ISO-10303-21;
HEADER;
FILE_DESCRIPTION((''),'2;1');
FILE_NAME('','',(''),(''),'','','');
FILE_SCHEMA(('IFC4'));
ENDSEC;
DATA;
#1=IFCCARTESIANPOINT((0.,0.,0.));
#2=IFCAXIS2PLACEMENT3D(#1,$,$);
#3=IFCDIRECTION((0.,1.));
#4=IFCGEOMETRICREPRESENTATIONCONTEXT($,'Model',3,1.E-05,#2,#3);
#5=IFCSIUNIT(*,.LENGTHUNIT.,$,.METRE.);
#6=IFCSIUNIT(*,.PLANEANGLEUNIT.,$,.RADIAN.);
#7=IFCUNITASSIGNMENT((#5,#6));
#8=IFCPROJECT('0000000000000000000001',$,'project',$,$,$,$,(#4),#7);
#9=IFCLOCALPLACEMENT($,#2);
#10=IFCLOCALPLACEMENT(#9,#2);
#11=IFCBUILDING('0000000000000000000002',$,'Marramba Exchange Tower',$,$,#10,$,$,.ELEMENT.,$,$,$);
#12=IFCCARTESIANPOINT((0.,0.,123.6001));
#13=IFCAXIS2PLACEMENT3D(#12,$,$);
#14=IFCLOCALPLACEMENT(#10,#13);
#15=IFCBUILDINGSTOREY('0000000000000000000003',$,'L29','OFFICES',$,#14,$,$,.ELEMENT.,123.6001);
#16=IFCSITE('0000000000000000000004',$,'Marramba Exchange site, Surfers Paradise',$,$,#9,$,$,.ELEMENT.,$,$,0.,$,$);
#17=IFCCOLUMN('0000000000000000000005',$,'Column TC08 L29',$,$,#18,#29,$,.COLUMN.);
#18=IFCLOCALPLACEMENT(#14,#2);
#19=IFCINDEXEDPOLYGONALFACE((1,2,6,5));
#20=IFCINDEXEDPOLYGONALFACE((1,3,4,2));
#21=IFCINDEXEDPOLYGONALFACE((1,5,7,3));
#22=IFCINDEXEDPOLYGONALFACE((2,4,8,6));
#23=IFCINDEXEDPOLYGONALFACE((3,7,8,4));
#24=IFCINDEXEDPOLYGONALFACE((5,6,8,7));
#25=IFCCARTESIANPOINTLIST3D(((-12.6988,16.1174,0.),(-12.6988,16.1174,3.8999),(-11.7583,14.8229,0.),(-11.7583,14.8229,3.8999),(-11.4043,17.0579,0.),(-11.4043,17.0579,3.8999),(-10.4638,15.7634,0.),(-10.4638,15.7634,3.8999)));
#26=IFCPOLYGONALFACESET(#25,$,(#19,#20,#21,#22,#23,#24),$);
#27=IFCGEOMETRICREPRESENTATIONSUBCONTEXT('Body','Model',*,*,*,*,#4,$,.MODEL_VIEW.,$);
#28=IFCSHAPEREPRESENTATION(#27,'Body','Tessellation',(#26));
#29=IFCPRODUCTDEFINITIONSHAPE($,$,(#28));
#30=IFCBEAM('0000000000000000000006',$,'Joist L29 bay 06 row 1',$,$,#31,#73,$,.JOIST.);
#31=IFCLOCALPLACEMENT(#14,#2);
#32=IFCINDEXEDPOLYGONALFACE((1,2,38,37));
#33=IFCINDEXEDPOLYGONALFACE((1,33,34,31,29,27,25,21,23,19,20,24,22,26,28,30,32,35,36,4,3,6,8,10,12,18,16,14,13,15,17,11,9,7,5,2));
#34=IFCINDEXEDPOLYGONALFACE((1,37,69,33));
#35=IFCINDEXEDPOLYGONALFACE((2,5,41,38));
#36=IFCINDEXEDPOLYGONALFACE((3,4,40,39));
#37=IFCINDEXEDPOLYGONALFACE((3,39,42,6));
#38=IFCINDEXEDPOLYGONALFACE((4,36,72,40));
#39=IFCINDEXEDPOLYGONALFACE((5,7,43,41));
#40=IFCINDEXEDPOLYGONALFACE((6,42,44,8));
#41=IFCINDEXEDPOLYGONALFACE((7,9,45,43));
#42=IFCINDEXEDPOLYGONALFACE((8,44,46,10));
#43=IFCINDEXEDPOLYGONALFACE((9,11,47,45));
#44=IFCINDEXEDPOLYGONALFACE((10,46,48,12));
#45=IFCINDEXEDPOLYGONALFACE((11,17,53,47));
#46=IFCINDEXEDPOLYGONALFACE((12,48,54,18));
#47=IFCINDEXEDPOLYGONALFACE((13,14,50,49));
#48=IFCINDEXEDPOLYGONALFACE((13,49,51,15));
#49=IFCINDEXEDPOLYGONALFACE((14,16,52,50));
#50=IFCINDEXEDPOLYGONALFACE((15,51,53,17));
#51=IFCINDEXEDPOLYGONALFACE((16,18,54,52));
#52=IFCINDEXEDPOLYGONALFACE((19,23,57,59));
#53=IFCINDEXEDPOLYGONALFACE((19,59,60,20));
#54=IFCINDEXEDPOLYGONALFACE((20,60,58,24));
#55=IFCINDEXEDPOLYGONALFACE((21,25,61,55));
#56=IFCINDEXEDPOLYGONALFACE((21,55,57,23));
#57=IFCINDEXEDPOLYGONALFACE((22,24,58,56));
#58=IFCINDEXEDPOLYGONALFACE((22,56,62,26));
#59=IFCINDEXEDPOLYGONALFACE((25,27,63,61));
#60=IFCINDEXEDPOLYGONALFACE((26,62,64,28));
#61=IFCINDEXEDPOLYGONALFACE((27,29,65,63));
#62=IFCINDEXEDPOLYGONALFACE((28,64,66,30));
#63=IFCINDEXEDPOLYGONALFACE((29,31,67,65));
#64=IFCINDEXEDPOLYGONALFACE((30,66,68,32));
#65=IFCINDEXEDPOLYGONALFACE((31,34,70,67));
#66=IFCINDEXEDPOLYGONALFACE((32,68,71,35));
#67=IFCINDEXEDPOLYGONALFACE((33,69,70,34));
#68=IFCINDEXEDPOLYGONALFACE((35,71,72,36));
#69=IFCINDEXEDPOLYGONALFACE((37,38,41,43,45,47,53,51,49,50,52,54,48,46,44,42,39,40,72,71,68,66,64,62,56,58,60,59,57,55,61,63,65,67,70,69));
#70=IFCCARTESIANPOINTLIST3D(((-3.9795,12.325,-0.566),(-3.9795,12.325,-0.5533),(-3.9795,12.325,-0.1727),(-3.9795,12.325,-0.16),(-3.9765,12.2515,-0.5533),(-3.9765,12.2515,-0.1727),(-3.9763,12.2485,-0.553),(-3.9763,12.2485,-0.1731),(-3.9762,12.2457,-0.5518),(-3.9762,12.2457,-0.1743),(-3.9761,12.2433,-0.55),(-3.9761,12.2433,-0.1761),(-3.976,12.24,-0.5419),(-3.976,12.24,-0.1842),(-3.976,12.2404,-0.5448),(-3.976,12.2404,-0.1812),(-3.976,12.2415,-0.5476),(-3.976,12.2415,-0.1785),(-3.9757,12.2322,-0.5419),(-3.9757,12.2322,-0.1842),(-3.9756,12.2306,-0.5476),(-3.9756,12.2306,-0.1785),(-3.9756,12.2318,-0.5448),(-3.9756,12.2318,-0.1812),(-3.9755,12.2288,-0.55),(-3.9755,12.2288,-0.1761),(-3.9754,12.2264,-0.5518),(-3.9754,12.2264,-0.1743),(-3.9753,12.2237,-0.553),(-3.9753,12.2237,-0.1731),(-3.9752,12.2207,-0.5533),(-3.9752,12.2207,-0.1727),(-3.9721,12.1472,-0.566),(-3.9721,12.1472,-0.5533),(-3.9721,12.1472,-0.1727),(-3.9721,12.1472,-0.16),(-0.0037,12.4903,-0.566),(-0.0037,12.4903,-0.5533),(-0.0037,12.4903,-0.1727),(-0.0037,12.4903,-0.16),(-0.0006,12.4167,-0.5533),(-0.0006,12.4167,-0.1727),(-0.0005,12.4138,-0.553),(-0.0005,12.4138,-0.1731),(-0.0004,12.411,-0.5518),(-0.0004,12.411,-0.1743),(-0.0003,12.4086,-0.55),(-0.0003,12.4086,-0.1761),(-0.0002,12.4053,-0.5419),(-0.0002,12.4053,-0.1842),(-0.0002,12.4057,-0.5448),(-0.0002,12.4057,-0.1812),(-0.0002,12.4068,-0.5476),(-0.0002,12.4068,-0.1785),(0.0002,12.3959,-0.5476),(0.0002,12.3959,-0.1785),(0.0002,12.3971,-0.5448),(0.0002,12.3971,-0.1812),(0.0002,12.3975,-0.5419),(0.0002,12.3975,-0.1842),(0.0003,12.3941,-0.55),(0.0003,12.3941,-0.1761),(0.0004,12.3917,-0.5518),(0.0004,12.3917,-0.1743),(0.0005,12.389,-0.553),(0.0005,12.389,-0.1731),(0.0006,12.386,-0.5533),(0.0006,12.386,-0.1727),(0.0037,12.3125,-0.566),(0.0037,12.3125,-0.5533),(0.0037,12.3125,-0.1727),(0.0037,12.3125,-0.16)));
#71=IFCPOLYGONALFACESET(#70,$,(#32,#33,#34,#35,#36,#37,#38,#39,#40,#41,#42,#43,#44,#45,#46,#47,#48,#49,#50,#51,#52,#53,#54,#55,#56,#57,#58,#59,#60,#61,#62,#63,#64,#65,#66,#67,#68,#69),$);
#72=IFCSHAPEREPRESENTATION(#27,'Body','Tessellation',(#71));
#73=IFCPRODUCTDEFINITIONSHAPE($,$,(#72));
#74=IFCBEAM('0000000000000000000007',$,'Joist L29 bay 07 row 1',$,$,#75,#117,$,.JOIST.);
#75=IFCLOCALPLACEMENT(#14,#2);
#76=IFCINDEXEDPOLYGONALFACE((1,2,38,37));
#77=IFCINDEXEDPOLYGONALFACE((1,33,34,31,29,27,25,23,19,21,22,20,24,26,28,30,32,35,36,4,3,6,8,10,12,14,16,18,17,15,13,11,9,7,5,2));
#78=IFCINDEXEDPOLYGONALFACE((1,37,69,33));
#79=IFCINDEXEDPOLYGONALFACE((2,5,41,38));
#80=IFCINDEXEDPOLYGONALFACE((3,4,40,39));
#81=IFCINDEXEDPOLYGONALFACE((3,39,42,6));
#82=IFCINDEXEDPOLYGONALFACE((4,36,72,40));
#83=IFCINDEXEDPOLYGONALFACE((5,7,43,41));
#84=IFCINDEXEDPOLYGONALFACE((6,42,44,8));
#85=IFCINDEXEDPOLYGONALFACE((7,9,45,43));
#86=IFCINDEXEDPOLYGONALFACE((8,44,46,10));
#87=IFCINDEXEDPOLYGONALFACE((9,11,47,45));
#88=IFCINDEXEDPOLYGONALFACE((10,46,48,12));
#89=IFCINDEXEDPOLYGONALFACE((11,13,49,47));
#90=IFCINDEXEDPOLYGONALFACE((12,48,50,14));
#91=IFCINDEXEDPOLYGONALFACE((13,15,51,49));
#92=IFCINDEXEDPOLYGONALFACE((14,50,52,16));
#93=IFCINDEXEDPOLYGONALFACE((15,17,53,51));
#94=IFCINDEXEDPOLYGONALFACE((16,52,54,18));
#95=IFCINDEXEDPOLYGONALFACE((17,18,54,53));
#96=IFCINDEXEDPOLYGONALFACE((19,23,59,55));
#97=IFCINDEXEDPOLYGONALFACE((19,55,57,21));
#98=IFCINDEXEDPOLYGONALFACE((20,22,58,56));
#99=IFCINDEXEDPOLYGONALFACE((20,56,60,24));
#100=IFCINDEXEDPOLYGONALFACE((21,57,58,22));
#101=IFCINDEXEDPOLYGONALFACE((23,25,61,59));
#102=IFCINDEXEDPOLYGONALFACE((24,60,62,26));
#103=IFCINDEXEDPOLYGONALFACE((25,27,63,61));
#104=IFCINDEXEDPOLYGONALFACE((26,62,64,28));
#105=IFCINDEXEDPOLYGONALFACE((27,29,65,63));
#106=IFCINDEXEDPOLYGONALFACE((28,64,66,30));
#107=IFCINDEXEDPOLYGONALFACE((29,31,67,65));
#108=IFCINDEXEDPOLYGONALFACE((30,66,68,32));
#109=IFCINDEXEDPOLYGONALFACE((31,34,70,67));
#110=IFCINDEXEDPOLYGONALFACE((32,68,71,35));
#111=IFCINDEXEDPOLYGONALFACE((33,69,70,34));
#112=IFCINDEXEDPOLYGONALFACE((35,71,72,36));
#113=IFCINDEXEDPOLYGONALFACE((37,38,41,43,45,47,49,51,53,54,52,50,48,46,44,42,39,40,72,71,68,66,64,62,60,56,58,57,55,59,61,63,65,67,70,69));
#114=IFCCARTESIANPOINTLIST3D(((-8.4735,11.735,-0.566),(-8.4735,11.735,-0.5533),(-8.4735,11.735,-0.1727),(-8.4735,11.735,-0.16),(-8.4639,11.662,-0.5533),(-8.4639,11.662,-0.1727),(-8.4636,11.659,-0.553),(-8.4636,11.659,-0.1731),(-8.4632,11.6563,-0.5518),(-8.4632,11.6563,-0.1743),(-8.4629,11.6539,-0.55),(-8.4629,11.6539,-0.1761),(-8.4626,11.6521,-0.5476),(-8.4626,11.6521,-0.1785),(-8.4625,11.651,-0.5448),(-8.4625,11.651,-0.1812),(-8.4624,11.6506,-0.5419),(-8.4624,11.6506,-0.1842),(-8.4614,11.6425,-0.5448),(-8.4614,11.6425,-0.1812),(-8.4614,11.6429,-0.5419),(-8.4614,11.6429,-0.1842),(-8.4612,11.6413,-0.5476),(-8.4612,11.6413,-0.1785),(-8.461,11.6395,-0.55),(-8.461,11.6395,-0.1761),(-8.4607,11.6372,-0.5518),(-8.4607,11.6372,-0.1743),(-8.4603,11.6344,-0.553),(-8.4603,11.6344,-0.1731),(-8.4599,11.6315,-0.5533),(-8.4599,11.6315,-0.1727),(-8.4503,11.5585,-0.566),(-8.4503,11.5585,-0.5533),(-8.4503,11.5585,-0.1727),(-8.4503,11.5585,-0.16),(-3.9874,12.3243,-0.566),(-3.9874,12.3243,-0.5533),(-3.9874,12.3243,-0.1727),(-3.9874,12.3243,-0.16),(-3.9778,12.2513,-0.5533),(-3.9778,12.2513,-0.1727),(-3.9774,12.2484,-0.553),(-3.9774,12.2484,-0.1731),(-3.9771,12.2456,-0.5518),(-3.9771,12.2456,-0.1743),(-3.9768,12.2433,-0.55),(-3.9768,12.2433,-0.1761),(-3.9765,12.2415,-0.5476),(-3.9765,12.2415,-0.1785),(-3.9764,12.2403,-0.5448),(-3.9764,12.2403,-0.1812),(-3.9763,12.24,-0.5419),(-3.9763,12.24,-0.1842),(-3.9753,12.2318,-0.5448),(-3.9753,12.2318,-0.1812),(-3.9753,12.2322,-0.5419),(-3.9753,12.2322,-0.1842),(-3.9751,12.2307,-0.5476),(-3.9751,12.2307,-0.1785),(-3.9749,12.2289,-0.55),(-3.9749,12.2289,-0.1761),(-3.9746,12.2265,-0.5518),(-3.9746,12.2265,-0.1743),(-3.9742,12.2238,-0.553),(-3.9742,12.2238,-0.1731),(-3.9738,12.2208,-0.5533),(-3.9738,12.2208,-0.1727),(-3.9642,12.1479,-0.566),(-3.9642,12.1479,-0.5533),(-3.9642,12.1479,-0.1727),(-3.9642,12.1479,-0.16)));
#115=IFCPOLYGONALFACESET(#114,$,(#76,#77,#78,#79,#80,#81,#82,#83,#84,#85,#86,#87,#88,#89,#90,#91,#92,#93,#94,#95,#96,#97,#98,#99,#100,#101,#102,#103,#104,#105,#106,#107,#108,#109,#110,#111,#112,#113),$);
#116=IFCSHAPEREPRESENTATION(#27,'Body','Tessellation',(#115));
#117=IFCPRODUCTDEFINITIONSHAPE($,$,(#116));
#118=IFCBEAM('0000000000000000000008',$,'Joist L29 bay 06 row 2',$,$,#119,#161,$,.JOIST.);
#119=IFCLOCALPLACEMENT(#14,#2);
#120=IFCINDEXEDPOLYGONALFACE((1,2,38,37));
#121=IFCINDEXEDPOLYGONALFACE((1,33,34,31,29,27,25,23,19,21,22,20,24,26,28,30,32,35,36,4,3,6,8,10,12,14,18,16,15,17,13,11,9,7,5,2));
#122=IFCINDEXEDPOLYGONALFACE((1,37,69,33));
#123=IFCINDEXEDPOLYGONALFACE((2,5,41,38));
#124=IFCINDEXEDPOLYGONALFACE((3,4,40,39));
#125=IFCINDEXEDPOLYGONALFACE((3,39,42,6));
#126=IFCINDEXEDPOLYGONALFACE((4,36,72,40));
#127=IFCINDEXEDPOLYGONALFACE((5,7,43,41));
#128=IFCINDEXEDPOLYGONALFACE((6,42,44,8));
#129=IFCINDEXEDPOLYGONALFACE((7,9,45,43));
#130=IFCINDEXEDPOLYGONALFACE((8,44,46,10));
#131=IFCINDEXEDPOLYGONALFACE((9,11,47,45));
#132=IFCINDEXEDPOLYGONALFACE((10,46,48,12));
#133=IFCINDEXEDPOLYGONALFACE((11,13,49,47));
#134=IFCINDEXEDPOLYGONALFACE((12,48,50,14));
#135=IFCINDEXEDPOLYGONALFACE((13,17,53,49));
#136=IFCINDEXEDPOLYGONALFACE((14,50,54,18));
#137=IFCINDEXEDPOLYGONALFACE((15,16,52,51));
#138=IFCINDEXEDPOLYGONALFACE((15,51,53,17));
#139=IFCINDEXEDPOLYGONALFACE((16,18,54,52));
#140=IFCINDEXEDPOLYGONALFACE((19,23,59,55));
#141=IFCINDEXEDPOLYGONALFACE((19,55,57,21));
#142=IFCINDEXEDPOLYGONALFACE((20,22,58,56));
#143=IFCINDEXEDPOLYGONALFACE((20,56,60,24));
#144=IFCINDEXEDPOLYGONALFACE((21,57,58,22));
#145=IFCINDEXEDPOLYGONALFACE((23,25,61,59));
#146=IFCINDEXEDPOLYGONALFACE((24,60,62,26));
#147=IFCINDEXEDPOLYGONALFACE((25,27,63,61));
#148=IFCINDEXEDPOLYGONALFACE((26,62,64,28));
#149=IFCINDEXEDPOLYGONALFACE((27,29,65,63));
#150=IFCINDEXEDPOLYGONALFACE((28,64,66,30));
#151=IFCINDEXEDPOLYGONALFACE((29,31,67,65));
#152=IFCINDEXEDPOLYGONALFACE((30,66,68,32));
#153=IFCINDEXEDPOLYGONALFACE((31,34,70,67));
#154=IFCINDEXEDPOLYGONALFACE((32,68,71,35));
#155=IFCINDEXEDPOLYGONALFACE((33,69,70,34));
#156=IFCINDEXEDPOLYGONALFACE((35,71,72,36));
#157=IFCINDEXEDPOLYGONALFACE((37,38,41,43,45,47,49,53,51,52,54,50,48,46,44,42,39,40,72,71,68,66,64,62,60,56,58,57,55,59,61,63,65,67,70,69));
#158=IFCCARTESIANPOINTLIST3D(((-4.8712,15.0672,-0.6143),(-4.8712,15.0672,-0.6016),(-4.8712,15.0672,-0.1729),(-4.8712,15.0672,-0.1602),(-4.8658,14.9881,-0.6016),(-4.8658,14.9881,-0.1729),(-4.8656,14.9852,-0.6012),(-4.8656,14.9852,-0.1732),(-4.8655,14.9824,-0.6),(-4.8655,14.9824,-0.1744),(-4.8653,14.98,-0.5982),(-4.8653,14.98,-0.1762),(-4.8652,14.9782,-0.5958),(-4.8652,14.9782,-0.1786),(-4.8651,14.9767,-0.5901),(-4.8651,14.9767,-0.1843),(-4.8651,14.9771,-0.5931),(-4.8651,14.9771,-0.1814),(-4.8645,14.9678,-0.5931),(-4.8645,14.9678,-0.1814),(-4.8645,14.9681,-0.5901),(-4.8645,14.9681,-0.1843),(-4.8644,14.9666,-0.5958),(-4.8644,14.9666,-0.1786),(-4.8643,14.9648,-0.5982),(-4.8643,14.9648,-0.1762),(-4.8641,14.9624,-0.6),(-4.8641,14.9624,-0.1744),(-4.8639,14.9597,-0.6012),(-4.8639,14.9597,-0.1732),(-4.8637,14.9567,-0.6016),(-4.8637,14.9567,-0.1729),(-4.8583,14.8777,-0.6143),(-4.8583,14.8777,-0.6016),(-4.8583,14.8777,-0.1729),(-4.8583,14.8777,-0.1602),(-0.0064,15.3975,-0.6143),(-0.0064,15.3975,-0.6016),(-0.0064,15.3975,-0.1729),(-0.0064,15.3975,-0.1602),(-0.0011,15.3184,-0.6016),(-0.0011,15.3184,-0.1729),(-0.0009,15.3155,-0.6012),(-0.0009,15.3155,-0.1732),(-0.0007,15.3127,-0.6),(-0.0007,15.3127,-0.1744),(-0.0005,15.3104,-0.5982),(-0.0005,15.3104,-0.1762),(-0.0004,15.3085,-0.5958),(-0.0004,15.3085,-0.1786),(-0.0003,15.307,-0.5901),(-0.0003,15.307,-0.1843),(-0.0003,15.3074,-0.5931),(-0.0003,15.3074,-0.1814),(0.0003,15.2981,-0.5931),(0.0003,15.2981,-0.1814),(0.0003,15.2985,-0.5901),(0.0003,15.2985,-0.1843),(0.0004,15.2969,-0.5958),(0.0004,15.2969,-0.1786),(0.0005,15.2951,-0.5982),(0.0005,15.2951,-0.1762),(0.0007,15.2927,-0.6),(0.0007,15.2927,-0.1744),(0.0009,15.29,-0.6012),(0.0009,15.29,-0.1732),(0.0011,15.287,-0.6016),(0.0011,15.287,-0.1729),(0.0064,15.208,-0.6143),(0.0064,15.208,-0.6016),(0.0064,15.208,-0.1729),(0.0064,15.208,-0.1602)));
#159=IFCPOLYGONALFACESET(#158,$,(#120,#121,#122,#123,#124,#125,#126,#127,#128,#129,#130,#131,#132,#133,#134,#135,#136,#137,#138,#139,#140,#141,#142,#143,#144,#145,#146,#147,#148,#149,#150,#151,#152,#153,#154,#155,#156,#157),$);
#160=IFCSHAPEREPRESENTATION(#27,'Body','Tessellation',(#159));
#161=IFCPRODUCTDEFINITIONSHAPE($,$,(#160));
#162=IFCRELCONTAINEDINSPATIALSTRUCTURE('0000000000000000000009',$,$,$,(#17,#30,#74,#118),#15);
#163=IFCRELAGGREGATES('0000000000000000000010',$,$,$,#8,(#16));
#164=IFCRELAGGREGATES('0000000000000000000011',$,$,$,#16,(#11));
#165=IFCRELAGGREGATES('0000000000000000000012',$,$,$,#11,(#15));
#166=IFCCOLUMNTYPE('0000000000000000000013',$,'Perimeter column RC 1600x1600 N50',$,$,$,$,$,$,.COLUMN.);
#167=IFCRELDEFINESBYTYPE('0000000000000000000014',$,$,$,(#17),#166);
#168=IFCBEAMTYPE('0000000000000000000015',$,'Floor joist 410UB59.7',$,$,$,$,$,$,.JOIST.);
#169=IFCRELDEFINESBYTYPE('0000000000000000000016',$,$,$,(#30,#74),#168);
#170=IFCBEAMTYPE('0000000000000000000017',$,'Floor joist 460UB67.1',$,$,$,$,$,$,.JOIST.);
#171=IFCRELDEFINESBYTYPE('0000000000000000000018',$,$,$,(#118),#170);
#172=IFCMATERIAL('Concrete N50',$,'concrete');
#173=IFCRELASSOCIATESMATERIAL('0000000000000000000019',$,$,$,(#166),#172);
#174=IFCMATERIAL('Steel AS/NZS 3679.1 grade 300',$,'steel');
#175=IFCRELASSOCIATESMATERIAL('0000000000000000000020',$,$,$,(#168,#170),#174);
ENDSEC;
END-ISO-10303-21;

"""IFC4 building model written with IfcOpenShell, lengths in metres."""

from ifc_helpers import new_model, si_unit, direction, frame, origin, origin_2d, place, context, subcontext, project, spatial, rectangle, i_section, extrude, material, material_profile, profile_set, type_object, element, save


model = new_model("IFC4")

# Units and contexts
model_context = context("Model", 3, precision=1e-05, world=origin(), true_north=direction((0.0, 1.0)))
body_context = subcontext(model_context, "Body", "Model", "MODEL_VIEW")
ifc_project = project(units=[si_unit("LENGTHUNIT", "METRE"), si_unit("PLANEANGLEUNIT", "RADIAN")], contexts=[model_context])

# Site, building, storey
site_placement = place(None, origin())
site = spatial("IfcSite", under=ifc_project, at=site_placement, Name="Marramba Exchange site, Surfers Paradise", CompositionType="ELEMENT", RefElevation=0.0)
building_placement = place(site_placement, origin())
building = spatial("IfcBuilding", under=site, at=building_placement, Name="Marramba Exchange Tower", CompositionType="ELEMENT")
storey_placement = place(building_placement, frame((0.0, 0.0, 123.6001)))
storey = spatial("IfcBuildingStorey", under=building, at=storey_placement, Name="L29", Description="OFFICES", CompositionType="ELEMENT", Elevation=123.6001)

# Column
ifc_material_1 = material(Name="Concrete N50", Category="concrete")
ifc_material_profile_1 = material_profile(ifc_material_1, rectangle(XDim=1.6001, YDim=1.6001, at=origin_2d()), Name="RC 1600x1600")
ifc_profile_set_1 = profile_set([ifc_material_profile_1], Name="Concrete N50")
column_type = type_object("IfcColumnType", Name="Perimeter column RC 1600x1600 N50", PredefinedType="COLUMN", material=ifc_profile_set_1)
column_placement = place(storey_placement, frame((-11.5813, 15.9404, 0.0), z_axis=(0.0, 0.0, 1.0), x_axis=(-0.587785, 0.809017, 0.0)))
element("IfcColumn", 1, at=column_placement, inside=storey, type_object=column_type, Name="Column TC08 L29", PredefinedType="COLUMN", context=body_context, shape_type="SweptSolid", body=[
    extrude(rectangle(XDim=1.6001, YDim=1.6001, at=origin_2d()), origin(), (0.0, 0.0, 1.0), 3.8999),
])

# Beams
ifc_material_2 = material(Name="Steel AS/NZS 3679.1 grade 300", Category="steel")
ifc_material_profile_2 = material_profile(ifc_material_2, i_section(OverallWidth=0.178, OverallDepth=0.406, WebThickness=0.0078, FlangeThickness=0.0127, FilletRadius=0.0115, at=origin_2d()), Name="410UB59.7")
ifc_profile_set_2 = profile_set([ifc_material_profile_2], Name="Steel AS/NZS 3679.1 grade 300")
beam_type_1 = type_object("IfcBeamType", Name="Floor joist 410UB59.7", PredefinedType="JOIST", material=ifc_profile_set_2)
beam_1_placement = place(storey_placement, frame((0.0, 12.4014, -0.363), z_axis=(-0.999137, -0.041536, 0.0), x_axis=(0.041536, -0.999137, 0.0)))
element("IfcBeam", 2, at=beam_1_placement, inside=storey, type_object=beam_type_1, Name="Joist L29 bay 06 row 1", PredefinedType="JOIST", context=body_context, shape_type="SweptSolid", body=[
    extrude(i_section(OverallWidth=0.178, OverallDepth=0.406, WebThickness=0.0078, FlangeThickness=0.0127, FilletRadius=0.0115, at=origin_2d()), origin(), (0.0, 0.0, 1.0), 3.9792),
])
beam_2_placement = place(storey_placement, frame((-3.9758, 12.2361, -0.363), z_axis=(-0.991481, -0.130255, 0.0), x_axis=(0.130255, -0.991481, 0.0)))
element("IfcBeam", 3, at=beam_2_placement, inside=storey, type_object=beam_type_1, Name="Joist L29 bay 07 row 1", PredefinedType="JOIST", context=body_context, shape_type="SweptSolid", body=[
    extrude(i_section(OverallWidth=0.178, OverallDepth=0.406, WebThickness=0.0078, FlangeThickness=0.0127, FilletRadius=0.0115, at=origin_2d()), origin(), (0.0, 0.0, 1.0), 4.5247),
])
ifc_material_profile_3 = material_profile(ifc_material_2, i_section(OverallWidth=0.1899, OverallDepth=0.4541, WebThickness=0.0085, FlangeThickness=0.0127, FilletRadius=0.0115, at=origin_2d()), Name="460UB67.1")
ifc_profile_set_3 = profile_set([ifc_material_profile_3], Name="Steel AS/NZS 3679.1 grade 300")
beam_type_2 = type_object("IfcBeamType", Name="Floor joist 460UB67.1", PredefinedType="JOIST", material=ifc_profile_set_3)
beam_3_placement = place(storey_placement, frame((0.0, 15.3027, -0.3872), z_axis=(-0.997703, -0.067745, 0.0), x_axis=(0.067745, -0.997703, 0.0)))
element("IfcBeam", 4, at=beam_3_placement, inside=storey, type_object=beam_type_2, Name="Joist L29 bay 06 row 2", PredefinedType="JOIST", context=body_context, shape_type="SweptSolid", body=[
    extrude(i_section(OverallWidth=0.1899, OverallDepth=0.4541, WebThickness=0.0085, FlangeThickness=0.0127, FilletRadius=0.0115, at=origin_2d()), origin(), (0.0, 0.0, 1.0), 4.876),
])

save(model, "model.ifc")
